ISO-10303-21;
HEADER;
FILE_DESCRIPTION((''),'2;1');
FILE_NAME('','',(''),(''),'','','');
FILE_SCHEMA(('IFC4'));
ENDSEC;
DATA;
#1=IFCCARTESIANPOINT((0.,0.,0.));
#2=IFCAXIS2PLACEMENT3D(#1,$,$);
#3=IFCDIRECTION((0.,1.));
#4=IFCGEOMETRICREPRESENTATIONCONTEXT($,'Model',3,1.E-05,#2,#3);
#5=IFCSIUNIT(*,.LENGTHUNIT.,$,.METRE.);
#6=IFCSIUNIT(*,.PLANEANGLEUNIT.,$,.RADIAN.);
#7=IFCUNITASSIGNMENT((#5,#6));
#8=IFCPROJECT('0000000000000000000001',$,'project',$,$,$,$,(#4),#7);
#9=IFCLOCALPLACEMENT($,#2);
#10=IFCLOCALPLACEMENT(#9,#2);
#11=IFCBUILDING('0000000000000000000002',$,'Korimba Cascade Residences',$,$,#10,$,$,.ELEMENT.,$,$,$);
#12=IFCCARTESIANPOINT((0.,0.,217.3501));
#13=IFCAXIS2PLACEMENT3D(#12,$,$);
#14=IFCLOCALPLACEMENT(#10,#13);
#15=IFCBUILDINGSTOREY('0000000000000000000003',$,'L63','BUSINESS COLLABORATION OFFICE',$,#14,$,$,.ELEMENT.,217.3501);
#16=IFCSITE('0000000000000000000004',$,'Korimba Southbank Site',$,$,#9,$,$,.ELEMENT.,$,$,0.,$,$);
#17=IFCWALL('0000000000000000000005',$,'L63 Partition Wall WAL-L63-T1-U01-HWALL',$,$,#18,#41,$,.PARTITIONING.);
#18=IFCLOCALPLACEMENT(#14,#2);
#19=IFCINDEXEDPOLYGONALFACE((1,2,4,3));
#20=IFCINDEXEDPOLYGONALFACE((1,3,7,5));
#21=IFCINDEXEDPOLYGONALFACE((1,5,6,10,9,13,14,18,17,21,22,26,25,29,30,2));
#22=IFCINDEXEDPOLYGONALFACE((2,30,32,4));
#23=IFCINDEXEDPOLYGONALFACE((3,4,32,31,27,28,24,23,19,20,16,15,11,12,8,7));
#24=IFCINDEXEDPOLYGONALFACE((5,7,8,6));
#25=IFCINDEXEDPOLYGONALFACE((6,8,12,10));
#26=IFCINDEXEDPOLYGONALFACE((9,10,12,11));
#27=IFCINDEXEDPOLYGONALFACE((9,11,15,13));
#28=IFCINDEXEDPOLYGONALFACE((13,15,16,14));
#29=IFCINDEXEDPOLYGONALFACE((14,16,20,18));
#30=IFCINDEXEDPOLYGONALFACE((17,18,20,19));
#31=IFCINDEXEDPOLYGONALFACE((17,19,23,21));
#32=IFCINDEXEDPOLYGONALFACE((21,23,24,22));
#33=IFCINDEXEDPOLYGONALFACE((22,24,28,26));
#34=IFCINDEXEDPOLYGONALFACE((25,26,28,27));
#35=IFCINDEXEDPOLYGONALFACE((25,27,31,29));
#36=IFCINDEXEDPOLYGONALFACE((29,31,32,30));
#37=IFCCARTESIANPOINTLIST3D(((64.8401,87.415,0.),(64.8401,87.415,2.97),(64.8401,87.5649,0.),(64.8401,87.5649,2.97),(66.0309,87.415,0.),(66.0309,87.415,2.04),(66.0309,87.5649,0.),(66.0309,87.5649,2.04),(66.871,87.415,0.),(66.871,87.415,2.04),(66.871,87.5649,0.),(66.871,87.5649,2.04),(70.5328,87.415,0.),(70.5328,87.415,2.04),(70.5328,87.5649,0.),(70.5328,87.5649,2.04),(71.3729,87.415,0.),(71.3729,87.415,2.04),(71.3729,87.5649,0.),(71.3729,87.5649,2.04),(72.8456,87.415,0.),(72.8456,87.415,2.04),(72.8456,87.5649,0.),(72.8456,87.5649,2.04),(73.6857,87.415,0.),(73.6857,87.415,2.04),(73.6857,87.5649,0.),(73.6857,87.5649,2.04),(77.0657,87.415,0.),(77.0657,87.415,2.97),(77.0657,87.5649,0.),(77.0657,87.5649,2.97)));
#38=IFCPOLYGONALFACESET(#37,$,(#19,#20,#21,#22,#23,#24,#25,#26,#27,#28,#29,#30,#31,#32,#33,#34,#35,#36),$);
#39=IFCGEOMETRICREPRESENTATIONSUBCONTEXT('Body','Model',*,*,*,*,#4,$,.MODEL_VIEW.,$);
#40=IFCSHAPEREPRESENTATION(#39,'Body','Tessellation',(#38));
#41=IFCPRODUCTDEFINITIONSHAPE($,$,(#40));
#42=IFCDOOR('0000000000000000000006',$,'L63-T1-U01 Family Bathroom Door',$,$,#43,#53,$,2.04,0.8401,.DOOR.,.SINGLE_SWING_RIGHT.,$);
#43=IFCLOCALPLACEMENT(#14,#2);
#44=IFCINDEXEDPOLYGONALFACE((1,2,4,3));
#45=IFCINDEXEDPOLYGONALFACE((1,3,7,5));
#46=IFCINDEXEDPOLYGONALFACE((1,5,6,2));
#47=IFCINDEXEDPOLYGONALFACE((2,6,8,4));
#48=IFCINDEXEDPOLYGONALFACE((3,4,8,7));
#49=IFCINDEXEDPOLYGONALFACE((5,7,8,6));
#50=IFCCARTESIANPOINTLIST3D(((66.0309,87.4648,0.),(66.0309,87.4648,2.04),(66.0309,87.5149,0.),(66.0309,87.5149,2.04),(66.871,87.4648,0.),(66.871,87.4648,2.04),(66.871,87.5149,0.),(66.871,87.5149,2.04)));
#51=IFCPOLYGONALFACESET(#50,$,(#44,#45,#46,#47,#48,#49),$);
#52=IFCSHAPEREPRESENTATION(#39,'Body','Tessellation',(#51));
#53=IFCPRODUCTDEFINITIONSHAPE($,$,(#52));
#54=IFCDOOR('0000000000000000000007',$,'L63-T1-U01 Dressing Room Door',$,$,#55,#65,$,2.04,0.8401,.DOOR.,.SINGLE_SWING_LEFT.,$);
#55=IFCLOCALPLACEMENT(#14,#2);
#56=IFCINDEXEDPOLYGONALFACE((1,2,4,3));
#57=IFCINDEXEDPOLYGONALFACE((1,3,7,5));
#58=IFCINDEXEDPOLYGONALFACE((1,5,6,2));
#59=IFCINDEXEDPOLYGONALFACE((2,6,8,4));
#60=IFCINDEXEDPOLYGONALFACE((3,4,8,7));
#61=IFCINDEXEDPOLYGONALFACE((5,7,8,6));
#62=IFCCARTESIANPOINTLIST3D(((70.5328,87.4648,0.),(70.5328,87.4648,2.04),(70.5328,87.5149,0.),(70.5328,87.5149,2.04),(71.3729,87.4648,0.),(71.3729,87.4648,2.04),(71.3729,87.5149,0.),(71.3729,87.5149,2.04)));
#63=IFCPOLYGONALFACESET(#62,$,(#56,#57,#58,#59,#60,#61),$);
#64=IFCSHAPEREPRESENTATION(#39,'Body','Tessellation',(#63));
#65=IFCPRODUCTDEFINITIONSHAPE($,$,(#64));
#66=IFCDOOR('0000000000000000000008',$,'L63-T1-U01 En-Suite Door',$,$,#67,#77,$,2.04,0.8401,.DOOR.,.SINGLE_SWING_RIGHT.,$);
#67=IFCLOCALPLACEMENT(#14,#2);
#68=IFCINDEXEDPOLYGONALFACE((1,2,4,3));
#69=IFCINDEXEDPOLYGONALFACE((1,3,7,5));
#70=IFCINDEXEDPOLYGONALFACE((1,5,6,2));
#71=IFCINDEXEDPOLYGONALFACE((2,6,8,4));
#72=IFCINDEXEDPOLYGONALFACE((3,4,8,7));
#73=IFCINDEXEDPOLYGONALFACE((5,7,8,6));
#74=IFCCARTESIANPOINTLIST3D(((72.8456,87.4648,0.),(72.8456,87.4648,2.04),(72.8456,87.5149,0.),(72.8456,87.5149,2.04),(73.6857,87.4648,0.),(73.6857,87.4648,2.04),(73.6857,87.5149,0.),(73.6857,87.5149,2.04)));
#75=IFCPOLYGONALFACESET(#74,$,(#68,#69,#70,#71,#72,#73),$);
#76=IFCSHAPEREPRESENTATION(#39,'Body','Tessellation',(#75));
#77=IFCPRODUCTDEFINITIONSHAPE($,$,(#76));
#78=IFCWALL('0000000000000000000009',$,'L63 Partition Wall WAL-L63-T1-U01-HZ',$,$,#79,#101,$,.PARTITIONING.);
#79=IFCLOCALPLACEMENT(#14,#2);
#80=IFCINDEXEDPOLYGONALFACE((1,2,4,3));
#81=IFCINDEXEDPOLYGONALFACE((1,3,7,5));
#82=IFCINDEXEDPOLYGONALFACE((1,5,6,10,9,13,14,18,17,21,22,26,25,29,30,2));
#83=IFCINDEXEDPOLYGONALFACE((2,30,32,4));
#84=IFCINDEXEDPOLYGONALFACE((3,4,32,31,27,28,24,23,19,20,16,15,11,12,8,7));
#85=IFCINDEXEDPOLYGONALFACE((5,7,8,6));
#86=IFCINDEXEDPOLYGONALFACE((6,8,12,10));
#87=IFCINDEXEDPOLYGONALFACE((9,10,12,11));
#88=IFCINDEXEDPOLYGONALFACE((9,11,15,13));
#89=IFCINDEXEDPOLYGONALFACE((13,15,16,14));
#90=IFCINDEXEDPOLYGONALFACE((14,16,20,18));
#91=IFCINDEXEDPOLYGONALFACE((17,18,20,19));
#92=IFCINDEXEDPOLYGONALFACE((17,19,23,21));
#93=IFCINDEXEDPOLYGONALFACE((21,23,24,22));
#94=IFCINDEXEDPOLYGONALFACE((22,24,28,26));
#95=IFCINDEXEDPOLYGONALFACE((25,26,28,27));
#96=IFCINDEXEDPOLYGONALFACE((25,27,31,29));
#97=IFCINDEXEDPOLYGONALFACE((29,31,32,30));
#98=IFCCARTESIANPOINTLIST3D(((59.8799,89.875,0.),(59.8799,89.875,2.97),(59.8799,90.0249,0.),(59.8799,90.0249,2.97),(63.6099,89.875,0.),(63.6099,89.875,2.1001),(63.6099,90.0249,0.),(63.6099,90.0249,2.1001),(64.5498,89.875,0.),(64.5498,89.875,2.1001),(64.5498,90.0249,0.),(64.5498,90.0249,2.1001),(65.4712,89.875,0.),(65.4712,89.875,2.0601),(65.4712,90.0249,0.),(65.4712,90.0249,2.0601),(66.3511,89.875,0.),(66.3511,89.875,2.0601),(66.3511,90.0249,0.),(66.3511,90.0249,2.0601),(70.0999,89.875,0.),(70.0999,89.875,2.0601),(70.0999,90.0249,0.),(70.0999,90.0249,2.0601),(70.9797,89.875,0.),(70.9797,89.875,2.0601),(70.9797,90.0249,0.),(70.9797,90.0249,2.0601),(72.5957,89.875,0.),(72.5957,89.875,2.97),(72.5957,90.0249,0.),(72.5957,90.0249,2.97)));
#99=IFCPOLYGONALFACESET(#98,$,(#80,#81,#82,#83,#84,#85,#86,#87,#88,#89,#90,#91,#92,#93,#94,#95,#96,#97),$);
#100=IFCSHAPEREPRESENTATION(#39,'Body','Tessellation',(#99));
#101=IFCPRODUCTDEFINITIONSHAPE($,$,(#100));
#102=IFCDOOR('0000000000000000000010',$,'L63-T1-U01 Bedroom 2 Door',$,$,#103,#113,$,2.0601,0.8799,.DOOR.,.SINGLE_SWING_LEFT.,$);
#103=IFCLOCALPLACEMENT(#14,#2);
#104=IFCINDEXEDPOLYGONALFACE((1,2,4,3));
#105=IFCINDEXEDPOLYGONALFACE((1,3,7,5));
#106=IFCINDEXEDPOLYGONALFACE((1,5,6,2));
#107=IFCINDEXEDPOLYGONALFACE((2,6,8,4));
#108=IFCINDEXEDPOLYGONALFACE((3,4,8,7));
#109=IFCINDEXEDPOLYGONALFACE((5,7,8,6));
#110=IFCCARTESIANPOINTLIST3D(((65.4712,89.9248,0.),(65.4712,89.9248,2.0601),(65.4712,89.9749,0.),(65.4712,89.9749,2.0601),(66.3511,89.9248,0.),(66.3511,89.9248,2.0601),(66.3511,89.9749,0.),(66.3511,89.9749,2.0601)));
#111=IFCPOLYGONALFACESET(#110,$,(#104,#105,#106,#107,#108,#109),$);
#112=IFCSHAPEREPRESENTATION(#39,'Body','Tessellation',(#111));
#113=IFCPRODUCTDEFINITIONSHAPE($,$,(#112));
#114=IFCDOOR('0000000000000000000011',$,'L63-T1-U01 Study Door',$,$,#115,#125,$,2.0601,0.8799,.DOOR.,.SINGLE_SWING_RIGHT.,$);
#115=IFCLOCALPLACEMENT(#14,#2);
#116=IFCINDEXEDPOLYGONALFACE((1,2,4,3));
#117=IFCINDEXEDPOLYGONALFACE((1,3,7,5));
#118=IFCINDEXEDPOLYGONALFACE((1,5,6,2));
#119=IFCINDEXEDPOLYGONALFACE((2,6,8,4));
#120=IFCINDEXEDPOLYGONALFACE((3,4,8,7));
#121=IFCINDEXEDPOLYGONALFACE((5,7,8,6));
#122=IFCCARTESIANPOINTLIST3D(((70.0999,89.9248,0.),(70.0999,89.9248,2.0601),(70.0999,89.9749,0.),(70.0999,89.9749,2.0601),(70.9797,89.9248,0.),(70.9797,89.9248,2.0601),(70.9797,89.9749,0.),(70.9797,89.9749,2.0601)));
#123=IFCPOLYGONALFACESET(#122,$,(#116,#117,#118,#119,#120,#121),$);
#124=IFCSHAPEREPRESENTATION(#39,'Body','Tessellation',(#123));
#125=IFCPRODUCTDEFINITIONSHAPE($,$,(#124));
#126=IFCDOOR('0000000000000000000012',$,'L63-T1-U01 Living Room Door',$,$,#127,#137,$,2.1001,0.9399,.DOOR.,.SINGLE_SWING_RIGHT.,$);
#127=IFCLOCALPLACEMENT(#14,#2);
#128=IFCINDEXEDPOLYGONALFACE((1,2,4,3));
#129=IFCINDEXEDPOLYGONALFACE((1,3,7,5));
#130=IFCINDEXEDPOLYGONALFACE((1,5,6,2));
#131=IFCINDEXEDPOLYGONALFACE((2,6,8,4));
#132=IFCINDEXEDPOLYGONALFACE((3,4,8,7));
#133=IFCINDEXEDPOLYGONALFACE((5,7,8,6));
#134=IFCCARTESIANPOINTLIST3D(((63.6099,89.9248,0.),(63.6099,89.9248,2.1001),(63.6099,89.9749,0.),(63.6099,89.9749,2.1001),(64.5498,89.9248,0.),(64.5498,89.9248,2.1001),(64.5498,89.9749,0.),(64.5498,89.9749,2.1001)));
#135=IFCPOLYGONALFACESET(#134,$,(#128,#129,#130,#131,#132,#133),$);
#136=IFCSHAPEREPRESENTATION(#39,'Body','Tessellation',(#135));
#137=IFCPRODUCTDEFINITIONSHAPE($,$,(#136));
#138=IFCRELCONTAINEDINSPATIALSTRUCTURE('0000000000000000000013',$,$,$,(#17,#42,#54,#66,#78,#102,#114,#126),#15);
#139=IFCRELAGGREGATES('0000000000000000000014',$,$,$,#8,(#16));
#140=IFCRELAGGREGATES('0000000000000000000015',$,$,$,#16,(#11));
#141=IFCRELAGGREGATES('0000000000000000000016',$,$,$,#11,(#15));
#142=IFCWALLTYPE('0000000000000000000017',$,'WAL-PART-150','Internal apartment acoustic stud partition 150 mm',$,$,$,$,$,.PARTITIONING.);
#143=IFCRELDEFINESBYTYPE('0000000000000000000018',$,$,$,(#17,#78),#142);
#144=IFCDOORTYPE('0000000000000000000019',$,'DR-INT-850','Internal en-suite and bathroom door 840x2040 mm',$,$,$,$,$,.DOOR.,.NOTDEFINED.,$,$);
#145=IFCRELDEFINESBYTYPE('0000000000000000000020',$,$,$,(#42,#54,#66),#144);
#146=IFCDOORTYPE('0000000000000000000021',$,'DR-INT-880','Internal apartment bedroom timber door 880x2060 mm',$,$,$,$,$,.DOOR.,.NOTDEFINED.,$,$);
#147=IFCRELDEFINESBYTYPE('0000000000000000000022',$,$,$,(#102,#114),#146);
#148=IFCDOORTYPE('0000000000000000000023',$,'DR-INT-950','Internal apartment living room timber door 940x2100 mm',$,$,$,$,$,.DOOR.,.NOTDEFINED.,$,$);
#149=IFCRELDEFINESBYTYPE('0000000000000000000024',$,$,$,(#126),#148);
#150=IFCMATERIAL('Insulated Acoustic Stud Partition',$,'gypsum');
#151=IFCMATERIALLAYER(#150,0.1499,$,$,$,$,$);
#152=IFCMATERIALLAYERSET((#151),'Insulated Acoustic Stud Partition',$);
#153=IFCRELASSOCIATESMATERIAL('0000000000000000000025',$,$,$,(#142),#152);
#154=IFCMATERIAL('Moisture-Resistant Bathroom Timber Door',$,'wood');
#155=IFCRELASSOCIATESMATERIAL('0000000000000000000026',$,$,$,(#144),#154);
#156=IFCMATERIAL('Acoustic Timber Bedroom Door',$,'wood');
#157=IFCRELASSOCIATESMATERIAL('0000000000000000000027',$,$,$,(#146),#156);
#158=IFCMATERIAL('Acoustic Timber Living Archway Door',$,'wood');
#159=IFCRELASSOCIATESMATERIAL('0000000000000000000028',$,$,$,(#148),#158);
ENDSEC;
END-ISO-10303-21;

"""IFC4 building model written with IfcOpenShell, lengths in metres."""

from ifc_helpers import new_model, si_unit, direction, frame, frame_2d, origin, place, context, subcontext, project, spatial, rectangle, extrude, material, layer, layer_set, type_object, element, fill, save


model = new_model("IFC4")

# Units and contexts
model_context = context("Model", 3, precision=1e-05, world=origin(), true_north=direction((0.0, 1.0)))
body_context = subcontext(model_context, "Body", "Model", "MODEL_VIEW")
ifc_project = project(units=[si_unit("LENGTHUNIT", "METRE"), si_unit("PLANEANGLEUNIT", "RADIAN")], contexts=[model_context])

# Site, building, storey
site_placement = place(None, origin())
site = spatial("IfcSite", under=ifc_project, at=site_placement, Name="Korimba Southbank Site", CompositionType="ELEMENT", RefElevation=0.0)
building_placement = place(site_placement, origin())
building = spatial("IfcBuilding", under=site, at=building_placement, Name="Korimba Cascade Residences", CompositionType="ELEMENT")
storey_placement = place(building_placement, frame((0.0, 0.0, 217.3501)))
storey = spatial("IfcBuildingStorey", under=building, at=storey_placement, Name="L63", Description="BUSINESS COLLABORATION OFFICE", CompositionType="ELEMENT", Elevation=217.3501)

# Shared definitions
ifc_material_1 = material(Name="Insulated Acoustic Stud Partition", Category="gypsum")
ifc_layer_1 = layer(ifc_material_1, 0.1499)
ifc_layer_set_1 = layer_set([ifc_layer_1], Name="Insulated Acoustic Stud Partition")
wall_type_1 = type_object("IfcWallType", Name="WAL-PART-150", Description="Internal apartment acoustic stud partition 150 mm", PredefinedType="PARTITIONING", material=ifc_layer_set_1)

# Walls, openings, doors
wall_1_placement = place(storey_placement, frame((64.8401, 87.49, 0.0), z_axis=(0.0, 0.0, 1.0), x_axis=(1.0, 0.0, 0.0)))
wall_1 = element("IfcWall", 1, at=wall_1_placement, inside=storey, type_object=wall_type_1, Name="L63 Partition Wall WAL-L63-T1-U01-HWALL", PredefinedType="PARTITIONING", context=body_context, shape_type="SweptSolid", body=[
    extrude(rectangle(XDim=12.2256, YDim=0.1499, at=frame_2d((6.1128, 0.0))), origin(), (0.0, 0.0, 1.0), 2.97),
])
opening_1_placement = place(wall_1_placement, frame((1.1909, 0.0, 0.0)))
opening_1 = element("IfcOpeningElement", 2, at=opening_1_placement, cuts=wall_1, PredefinedType="OPENING", context=body_context, shape_type="SweptSolid", body=[
    extrude(rectangle(XDim=0.8401, YDim=2.04, at=frame_2d((0.4199, 1.02))), frame((0.0, 0.085, 0.0), z_axis=(0.0, -1.0, 0.0), x_axis=(1.0, 0.0, 0.0)), (0.0, 0.0, 1.0), 0.1699),
])
opening_2_placement = place(wall_1_placement, frame((5.6929, 0.0, 0.0)))
opening_2 = element("IfcOpeningElement", 3, at=opening_2_placement, cuts=wall_1, PredefinedType="OPENING", context=body_context, shape_type="SweptSolid", body=[
    extrude(rectangle(XDim=0.8401, YDim=2.04, at=frame_2d((0.4199, 1.02))), frame((0.0, 0.085, 0.0), z_axis=(0.0, -1.0, 0.0), x_axis=(1.0, 0.0, 0.0)), (0.0, 0.0, 1.0), 0.1699),
])
opening_3_placement = place(wall_1_placement, frame((8.0056, 0.0, 0.0)))
opening_3 = element("IfcOpeningElement", 4, at=opening_3_placement, cuts=wall_1, PredefinedType="OPENING", context=body_context, shape_type="SweptSolid", body=[
    extrude(rectangle(XDim=0.8401, YDim=2.04, at=frame_2d((0.4199, 1.02))), frame((0.0, 0.085, 0.0), z_axis=(0.0, -1.0, 0.0), x_axis=(1.0, 0.0, 0.0)), (0.0, 0.0, 1.0), 0.1699),
])
ifc_material_2 = material(Name="Moisture-Resistant Bathroom Timber Door", Category="wood")
door_type_1 = type_object("IfcDoorType", Name="DR-INT-850", Description="Internal en-suite and bathroom door 840x2040 mm", OperationType="NOTDEFINED", PredefinedType="DOOR", material=ifc_material_2)
door_1_placement = place(opening_1_placement, origin())
door_1 = element("IfcDoor", 5, at=door_1_placement, inside=storey, type_object=door_type_1, Name="L63-T1-U01 Family Bathroom Door", OperationType="SINGLE_SWING_RIGHT", OverallHeight=2.04, OverallWidth=0.8401, PredefinedType="DOOR", context=body_context, shape_type="SweptSolid", body=[
    extrude(rectangle(XDim=0.8401, YDim=2.04, at=frame_2d((0.4199, 1.02))), frame((0.0, 0.0249, 0.0), z_axis=(0.0, -1.0, 0.0), x_axis=(1.0, 0.0, 0.0)), (0.0, 0.0, 1.0), 0.05),
])
fill(opening_1, door_1)
door_2_placement = place(opening_2_placement, origin())
door_2 = element("IfcDoor", 6, at=door_2_placement, inside=storey, type_object=door_type_1, Name="L63-T1-U01 Dressing Room Door", OperationType="SINGLE_SWING_LEFT", OverallHeight=2.04, OverallWidth=0.8401, PredefinedType="DOOR", context=body_context, shape_type="SweptSolid", body=[
    extrude(rectangle(XDim=0.8401, YDim=2.04, at=frame_2d((0.4199, 1.02))), frame((0.0, 0.0249, 0.0), z_axis=(0.0, -1.0, 0.0), x_axis=(1.0, 0.0, 0.0)), (0.0, 0.0, 1.0), 0.05),
])
fill(opening_2, door_2)
door_3_placement = place(opening_3_placement, origin())
door_3 = element("IfcDoor", 7, at=door_3_placement, inside=storey, type_object=door_type_1, Name="L63-T1-U01 En-Suite Door", OperationType="SINGLE_SWING_RIGHT", OverallHeight=2.04, OverallWidth=0.8401, PredefinedType="DOOR", context=body_context, shape_type="SweptSolid", body=[
    extrude(rectangle(XDim=0.8401, YDim=2.04, at=frame_2d((0.4199, 1.02))), frame((0.0, 0.0249, 0.0), z_axis=(0.0, -1.0, 0.0), x_axis=(1.0, 0.0, 0.0)), (0.0, 0.0, 1.0), 0.05),
])
fill(opening_3, door_3)
wall_2_placement = place(storey_placement, frame((59.8799, 89.95, 0.0), z_axis=(0.0, 0.0, 1.0), x_axis=(1.0, 0.0, 0.0)))
wall_2 = element("IfcWall", 8, at=wall_2_placement, inside=storey, type_object=wall_type_1, Name="L63 Partition Wall WAL-L63-T1-U01-HZ", PredefinedType="PARTITIONING", context=body_context, shape_type="SweptSolid", body=[
    extrude(rectangle(XDim=12.7158, YDim=0.1499, at=frame_2d((6.3579, 0.0))), origin(), (0.0, 0.0, 1.0), 2.97),
])
opening_4_placement = place(wall_2_placement, frame((3.73, 0.0, 0.0)))
opening_4 = element("IfcOpeningElement", 9, at=opening_4_placement, cuts=wall_2, PredefinedType="OPENING", context=body_context, shape_type="SweptSolid", body=[
    extrude(rectangle(XDim=0.9399, YDim=2.1001, at=frame_2d((0.47, 1.05))), frame((0.0, 0.085, 0.0), z_axis=(0.0, -1.0, 0.0), x_axis=(1.0, 0.0, 0.0)), (0.0, 0.0, 1.0), 0.1699),
])
opening_5_placement = place(wall_2_placement, frame((5.5913, 0.0, 0.0)))
opening_5 = element("IfcOpeningElement", 10, at=opening_5_placement, cuts=wall_2, PredefinedType="OPENING", context=body_context, shape_type="SweptSolid", body=[
    extrude(rectangle(XDim=0.8799, YDim=2.0601, at=frame_2d((0.4399, 1.03))), frame((0.0, 0.085, 0.0), z_axis=(0.0, -1.0, 0.0), x_axis=(1.0, 0.0, 0.0)), (0.0, 0.0, 1.0), 0.1699),
])
opening_6_placement = place(wall_2_placement, frame((10.22, 0.0, 0.0)))
opening_6 = element("IfcOpeningElement", 11, at=opening_6_placement, cuts=wall_2, PredefinedType="OPENING", context=body_context, shape_type="SweptSolid", body=[
    extrude(rectangle(XDim=0.8799, YDim=2.0601, at=frame_2d((0.4399, 1.03))), frame((0.0, 0.085, 0.0), z_axis=(0.0, -1.0, 0.0), x_axis=(1.0, 0.0, 0.0)), (0.0, 0.0, 1.0), 0.1699),
])
ifc_material_3 = material(Name="Acoustic Timber Bedroom Door", Category="wood")
door_type_2 = type_object("IfcDoorType", Name="DR-INT-880", Description="Internal apartment bedroom timber door 880x2060 mm", OperationType="NOTDEFINED", PredefinedType="DOOR", material=ifc_material_3)
door_4_placement = place(opening_5_placement, origin())
door_4 = element("IfcDoor", 12, at=door_4_placement, inside=storey, type_object=door_type_2, Name="L63-T1-U01 Bedroom 2 Door", OperationType="SINGLE_SWING_LEFT", OverallHeight=2.0601, OverallWidth=0.8799, PredefinedType="DOOR", context=body_context, shape_type="SweptSolid", body=[
    extrude(rectangle(XDim=0.8799, YDim=2.0601, at=frame_2d((0.4399, 1.03))), frame((0.0, 0.0249, 0.0), z_axis=(0.0, -1.0, 0.0), x_axis=(1.0, 0.0, 0.0)), (0.0, 0.0, 1.0), 0.05),
])
fill(opening_5, door_4)
door_5_placement = place(opening_6_placement, origin())
door_5 = element("IfcDoor", 13, at=door_5_placement, inside=storey, type_object=door_type_2, Name="L63-T1-U01 Study Door", OperationType="SINGLE_SWING_RIGHT", OverallHeight=2.0601, OverallWidth=0.8799, PredefinedType="DOOR", context=body_context, shape_type="SweptSolid", body=[
    extrude(rectangle(XDim=0.8799, YDim=2.0601, at=frame_2d((0.4399, 1.03))), frame((0.0, 0.0249, 0.0), z_axis=(0.0, -1.0, 0.0), x_axis=(1.0, 0.0, 0.0)), (0.0, 0.0, 1.0), 0.05),
])
fill(opening_6, door_5)
ifc_material_4 = material(Name="Acoustic Timber Living Archway Door", Category="wood")
door_type_3 = type_object("IfcDoorType", Name="DR-INT-950", Description="Internal apartment living room timber door 940x2100 mm", OperationType="NOTDEFINED", PredefinedType="DOOR", material=ifc_material_4)
door_6_placement = place(opening_4_placement, origin())
door_6 = element("IfcDoor", 14, at=door_6_placement, inside=storey, type_object=door_type_3, Name="L63-T1-U01 Living Room Door", OperationType="SINGLE_SWING_RIGHT", OverallHeight=2.1001, OverallWidth=0.9399, PredefinedType="DOOR", context=body_context, shape_type="SweptSolid", body=[
    extrude(rectangle(XDim=0.9399, YDim=2.1001, at=frame_2d((0.47, 1.05))), frame((0.0, 0.0249, 0.0), z_axis=(0.0, -1.0, 0.0), x_axis=(1.0, 0.0, 0.0)), (0.0, 0.0, 1.0), 0.05),
])
fill(opening_4, door_6)

save(model, "model.ifc")
